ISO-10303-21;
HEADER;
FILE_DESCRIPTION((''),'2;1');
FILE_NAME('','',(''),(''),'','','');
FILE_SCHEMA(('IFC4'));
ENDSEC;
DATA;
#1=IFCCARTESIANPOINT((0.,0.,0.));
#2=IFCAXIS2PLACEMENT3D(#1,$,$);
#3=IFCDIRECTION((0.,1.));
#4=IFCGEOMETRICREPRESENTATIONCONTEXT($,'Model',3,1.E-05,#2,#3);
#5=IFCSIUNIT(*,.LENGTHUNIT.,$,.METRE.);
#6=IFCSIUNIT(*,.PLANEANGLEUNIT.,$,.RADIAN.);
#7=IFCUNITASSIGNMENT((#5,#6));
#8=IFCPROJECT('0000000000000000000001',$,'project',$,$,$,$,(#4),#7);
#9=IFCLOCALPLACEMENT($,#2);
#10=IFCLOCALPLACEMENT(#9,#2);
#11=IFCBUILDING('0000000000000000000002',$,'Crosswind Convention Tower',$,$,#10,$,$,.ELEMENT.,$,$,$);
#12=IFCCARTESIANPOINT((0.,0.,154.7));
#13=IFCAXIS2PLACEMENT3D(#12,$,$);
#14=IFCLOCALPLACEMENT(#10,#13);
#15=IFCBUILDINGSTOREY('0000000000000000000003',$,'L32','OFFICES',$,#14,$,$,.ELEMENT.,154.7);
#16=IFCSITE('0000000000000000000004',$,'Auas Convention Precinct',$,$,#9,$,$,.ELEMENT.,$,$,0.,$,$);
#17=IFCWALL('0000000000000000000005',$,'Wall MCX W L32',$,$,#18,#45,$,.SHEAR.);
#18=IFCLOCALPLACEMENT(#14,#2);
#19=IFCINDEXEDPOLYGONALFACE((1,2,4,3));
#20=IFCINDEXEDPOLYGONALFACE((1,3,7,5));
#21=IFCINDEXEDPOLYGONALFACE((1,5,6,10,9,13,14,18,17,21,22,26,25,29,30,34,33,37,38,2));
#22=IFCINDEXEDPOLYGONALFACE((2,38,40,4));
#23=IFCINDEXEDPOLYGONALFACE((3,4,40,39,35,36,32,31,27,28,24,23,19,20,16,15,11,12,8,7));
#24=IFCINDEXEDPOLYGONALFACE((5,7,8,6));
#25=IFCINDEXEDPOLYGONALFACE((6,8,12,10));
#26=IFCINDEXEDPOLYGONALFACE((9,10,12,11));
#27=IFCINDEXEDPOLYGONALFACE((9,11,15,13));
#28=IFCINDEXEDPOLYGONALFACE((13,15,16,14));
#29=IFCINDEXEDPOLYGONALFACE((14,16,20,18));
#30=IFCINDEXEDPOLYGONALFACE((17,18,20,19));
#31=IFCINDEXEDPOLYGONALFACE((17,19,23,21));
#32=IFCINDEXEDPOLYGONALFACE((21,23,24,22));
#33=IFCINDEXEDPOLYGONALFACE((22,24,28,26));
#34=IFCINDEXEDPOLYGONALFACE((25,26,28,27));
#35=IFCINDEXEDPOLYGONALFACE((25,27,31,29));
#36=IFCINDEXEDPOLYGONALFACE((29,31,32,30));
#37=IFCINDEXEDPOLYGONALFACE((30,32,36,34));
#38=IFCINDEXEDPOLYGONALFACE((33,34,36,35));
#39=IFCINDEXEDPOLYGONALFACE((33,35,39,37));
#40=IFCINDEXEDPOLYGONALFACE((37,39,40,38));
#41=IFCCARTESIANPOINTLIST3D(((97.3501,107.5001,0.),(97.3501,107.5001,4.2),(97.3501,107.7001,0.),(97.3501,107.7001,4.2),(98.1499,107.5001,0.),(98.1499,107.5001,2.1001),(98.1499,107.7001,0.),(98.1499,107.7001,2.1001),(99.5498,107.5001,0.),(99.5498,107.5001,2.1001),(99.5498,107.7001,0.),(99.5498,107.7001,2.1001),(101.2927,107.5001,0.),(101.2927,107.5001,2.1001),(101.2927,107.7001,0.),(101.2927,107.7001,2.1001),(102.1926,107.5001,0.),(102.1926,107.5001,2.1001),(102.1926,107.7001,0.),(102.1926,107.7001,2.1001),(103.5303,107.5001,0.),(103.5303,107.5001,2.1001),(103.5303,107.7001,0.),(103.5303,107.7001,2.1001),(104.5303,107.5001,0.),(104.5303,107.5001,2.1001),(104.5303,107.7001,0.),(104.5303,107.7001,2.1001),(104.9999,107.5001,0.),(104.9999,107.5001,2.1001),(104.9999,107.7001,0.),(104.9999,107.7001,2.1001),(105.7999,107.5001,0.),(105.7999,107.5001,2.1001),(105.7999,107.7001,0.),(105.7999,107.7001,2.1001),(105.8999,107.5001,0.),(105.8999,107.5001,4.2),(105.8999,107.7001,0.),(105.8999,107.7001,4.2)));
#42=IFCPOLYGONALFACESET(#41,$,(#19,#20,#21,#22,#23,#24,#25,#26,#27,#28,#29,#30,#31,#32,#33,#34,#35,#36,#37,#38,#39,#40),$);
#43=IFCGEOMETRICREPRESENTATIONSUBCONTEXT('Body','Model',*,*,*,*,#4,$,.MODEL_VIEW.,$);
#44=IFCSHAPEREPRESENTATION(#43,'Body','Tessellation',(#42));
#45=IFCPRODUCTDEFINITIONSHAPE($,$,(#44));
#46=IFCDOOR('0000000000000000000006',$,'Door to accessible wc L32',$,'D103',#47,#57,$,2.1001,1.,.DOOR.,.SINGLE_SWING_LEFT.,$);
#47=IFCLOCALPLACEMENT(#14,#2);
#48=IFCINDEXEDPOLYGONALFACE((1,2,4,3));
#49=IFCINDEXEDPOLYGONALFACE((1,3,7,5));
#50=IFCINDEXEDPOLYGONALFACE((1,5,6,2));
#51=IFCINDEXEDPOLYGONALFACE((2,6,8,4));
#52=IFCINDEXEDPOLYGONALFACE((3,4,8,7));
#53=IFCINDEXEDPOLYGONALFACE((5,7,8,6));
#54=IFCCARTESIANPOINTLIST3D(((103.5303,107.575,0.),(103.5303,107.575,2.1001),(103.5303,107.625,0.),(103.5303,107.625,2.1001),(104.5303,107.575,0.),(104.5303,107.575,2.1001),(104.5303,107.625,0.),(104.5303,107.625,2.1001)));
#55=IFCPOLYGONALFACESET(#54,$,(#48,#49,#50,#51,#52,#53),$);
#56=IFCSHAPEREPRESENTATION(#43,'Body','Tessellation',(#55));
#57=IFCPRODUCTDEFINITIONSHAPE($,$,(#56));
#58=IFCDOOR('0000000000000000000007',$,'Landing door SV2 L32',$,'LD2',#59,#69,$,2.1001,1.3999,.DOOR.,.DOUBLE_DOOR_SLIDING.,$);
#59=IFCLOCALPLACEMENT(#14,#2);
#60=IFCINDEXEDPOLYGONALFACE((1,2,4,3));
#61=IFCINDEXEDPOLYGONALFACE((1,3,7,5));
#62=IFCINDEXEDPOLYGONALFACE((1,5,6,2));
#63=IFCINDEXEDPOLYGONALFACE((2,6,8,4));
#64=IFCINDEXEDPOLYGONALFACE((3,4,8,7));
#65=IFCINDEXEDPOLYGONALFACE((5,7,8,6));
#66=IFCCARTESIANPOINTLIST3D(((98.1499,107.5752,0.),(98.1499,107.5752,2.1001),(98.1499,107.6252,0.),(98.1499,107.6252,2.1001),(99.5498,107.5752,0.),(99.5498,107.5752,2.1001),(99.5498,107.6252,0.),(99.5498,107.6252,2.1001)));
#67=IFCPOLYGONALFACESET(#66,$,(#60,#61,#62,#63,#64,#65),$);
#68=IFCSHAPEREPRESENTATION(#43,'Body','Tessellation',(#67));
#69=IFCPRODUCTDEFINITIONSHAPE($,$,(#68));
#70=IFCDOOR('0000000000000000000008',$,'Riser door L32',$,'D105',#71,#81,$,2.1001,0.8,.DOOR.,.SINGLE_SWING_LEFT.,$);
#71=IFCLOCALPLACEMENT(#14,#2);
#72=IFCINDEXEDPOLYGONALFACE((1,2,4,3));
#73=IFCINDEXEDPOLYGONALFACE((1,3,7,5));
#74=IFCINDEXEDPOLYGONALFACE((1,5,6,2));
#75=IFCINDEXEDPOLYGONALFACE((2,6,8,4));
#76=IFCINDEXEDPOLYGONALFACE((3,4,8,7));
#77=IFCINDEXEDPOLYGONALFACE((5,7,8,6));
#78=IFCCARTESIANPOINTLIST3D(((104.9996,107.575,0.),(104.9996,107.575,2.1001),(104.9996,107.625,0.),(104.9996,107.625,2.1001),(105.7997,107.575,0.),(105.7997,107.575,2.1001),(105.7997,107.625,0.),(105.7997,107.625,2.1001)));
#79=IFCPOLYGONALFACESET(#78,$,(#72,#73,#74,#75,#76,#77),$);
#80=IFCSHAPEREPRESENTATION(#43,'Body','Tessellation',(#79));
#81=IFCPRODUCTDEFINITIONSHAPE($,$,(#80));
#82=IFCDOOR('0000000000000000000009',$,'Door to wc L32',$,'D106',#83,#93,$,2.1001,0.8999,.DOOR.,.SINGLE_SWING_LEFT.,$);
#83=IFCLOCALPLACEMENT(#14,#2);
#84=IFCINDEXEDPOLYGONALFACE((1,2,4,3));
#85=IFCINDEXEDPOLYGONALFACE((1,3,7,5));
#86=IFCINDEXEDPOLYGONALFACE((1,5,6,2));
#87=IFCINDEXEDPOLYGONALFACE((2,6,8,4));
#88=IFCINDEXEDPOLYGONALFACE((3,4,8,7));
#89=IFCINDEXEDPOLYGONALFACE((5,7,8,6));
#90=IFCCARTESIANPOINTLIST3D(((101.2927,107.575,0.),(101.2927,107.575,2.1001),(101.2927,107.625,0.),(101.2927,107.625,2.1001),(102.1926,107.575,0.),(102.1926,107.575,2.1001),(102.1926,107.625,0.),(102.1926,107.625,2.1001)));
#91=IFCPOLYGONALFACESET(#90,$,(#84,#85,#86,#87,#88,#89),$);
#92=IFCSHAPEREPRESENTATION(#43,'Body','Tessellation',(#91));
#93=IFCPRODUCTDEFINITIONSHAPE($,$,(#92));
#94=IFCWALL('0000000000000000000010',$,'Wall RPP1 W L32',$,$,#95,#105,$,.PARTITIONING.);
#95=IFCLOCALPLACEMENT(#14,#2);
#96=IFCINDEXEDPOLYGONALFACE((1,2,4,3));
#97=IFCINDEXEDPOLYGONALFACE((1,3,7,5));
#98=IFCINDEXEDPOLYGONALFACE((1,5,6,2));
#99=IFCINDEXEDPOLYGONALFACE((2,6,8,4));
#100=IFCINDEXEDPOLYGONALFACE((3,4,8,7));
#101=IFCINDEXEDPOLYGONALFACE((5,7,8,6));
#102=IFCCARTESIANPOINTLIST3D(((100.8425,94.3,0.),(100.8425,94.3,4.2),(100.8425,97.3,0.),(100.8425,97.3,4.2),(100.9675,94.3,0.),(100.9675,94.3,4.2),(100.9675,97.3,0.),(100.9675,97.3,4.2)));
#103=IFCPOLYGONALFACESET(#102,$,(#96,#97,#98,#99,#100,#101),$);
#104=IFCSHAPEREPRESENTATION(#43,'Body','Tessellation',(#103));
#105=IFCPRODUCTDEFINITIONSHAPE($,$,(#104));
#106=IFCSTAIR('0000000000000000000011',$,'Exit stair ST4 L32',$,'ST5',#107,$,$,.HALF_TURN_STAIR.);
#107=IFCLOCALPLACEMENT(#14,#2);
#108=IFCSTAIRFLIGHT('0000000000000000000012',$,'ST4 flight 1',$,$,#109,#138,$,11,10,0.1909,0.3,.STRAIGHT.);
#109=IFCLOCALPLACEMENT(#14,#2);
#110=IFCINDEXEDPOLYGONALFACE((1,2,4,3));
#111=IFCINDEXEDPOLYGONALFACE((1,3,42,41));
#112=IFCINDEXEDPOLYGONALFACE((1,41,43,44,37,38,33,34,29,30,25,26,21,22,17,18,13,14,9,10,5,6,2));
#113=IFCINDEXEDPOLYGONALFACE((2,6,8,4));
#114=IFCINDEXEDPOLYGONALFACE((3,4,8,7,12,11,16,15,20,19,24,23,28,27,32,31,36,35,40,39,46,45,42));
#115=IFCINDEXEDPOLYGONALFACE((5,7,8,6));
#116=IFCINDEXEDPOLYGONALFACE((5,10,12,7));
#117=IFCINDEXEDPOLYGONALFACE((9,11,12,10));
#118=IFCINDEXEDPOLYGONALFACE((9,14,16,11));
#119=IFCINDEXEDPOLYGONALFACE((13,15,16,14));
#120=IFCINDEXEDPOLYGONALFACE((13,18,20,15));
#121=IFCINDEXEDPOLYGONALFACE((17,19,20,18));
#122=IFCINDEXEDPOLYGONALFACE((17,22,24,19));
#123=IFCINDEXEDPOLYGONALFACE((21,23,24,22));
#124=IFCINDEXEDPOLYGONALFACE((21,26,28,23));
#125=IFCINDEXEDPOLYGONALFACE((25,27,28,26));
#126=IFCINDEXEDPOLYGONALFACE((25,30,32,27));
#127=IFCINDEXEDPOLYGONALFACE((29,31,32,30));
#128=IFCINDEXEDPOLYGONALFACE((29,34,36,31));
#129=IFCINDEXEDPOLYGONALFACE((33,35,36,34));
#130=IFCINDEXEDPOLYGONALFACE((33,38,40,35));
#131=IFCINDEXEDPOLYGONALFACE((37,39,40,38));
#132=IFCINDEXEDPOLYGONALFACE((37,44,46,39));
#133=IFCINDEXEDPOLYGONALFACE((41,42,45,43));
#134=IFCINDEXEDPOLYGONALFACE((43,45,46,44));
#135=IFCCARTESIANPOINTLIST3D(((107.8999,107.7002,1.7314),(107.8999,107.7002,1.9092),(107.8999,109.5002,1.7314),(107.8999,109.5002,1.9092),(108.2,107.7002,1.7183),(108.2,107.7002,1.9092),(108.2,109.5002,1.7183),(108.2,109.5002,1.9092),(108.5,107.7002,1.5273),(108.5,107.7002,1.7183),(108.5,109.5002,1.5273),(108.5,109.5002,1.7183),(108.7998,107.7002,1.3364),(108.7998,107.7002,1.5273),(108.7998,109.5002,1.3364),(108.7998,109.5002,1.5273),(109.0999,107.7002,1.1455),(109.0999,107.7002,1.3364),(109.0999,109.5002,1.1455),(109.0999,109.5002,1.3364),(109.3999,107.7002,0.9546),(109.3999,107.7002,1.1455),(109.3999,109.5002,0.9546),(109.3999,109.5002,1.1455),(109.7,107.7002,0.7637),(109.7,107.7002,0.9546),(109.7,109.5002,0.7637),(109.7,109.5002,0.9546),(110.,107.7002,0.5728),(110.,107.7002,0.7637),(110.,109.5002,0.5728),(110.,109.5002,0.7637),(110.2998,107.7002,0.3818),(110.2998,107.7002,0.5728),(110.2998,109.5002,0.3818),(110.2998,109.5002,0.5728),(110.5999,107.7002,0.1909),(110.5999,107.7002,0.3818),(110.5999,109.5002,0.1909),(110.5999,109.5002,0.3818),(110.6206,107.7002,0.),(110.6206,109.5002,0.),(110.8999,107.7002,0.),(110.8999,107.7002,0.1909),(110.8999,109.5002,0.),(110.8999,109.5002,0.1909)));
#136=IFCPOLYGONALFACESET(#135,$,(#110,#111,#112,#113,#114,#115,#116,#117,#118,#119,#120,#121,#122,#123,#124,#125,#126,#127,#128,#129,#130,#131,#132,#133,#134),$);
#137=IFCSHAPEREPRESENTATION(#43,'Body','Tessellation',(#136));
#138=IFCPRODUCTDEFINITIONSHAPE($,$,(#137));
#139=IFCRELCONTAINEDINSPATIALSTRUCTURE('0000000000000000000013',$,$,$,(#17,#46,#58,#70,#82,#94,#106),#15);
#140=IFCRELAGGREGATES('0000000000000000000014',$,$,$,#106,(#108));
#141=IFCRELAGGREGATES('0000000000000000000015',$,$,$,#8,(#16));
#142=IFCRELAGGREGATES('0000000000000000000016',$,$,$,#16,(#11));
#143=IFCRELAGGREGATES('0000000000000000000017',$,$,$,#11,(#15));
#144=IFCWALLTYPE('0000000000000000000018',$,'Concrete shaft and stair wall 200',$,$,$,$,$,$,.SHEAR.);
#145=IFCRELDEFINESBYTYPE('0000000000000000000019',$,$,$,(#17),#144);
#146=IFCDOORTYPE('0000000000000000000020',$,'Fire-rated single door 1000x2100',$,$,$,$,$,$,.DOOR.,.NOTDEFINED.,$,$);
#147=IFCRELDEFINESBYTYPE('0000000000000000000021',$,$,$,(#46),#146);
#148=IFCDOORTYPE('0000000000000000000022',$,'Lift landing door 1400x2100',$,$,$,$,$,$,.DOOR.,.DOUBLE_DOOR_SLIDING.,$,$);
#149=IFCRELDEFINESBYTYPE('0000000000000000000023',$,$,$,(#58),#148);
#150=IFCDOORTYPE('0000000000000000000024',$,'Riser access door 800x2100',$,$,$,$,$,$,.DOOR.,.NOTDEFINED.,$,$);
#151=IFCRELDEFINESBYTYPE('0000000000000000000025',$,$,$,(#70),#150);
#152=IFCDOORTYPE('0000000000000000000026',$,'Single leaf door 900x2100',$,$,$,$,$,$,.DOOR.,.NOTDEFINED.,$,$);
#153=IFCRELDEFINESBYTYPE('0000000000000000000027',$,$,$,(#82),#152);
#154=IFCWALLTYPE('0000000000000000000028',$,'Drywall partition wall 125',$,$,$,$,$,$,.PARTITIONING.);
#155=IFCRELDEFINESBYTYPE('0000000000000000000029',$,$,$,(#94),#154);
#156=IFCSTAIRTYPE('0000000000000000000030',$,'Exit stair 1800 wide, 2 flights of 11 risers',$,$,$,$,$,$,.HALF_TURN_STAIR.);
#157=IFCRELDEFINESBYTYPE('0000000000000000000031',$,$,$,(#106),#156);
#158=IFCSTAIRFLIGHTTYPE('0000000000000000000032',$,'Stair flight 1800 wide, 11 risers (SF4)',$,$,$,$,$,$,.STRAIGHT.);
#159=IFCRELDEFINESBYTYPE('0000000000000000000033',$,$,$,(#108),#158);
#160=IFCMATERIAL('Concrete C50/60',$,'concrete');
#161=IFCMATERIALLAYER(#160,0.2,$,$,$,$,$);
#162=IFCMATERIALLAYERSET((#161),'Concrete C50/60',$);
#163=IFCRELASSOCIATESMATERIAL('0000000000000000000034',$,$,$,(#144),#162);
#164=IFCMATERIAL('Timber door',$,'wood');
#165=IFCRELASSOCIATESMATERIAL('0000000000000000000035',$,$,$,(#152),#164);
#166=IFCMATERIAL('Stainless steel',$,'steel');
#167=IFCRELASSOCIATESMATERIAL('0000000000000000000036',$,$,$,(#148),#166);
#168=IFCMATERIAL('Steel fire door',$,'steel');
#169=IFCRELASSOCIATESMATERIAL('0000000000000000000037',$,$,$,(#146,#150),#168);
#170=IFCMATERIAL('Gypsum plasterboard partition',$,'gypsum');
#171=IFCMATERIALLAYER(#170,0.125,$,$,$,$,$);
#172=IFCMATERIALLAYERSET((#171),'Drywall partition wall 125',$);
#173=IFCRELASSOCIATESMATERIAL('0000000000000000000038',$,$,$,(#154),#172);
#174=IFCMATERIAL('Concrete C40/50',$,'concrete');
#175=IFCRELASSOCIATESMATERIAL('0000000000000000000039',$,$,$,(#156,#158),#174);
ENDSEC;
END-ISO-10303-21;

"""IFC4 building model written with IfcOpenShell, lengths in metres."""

from ifc_helpers import new_model, si_unit, direction, frame, frame_2d, origin, place, context, subcontext, project, spatial, polyline, rectangle, outline, extrude, material, layer, layer_set, type_object, element, fill, aggregate, save


model = new_model("IFC4")

# Units and contexts
model_context = context("Model", 3, precision=1e-05, world=origin(), true_north=direction((0.0, 1.0)))
body_context = subcontext(model_context, "Body", "Model", "MODEL_VIEW")
ifc_project = project(units=[si_unit("LENGTHUNIT", "METRE"), si_unit("PLANEANGLEUNIT", "RADIAN")], contexts=[model_context])

# Site, building, storey
site_placement = place(None, origin())
site = spatial("IfcSite", under=ifc_project, at=site_placement, Name="Auas Convention Precinct", CompositionType="ELEMENT", RefElevation=0.0)
building_placement = place(site_placement, origin())
building = spatial("IfcBuilding", under=site, at=building_placement, Name="Crosswind Convention Tower", CompositionType="ELEMENT")
storey_placement = place(building_placement, frame((0.0, 0.0, 154.7)))
storey = spatial("IfcBuildingStorey", under=building, at=storey_placement, Name="L32", Description="OFFICES", CompositionType="ELEMENT", Elevation=154.7)

# Shared definitions
ifc_material_1 = material(Name="Concrete C50/60", Category="concrete")
ifc_layer_1 = layer(ifc_material_1, 0.2)
ifc_layer_set_1 = layer_set([ifc_layer_1], Name="Concrete C50/60")
wall_type_1 = type_object("IfcWallType", Name="Concrete shaft and stair wall 200", PredefinedType="SHEAR", material=ifc_layer_set_1)

# Shared definitions
ifc_material_2 = material(Name="Timber door", Category="wood")
door_type_1 = type_object("IfcDoorType", Name="Single leaf door 900x2100", OperationType="NOTDEFINED", PredefinedType="DOOR", material=ifc_material_2)

# Wall, openings, doors
ifc_material_3 = material(Name="Stainless steel", Category="steel")
door_type_2 = type_object("IfcDoorType", Name="Lift landing door 1400x2100", OperationType="DOUBLE_DOOR_SLIDING", PredefinedType="DOOR", material=ifc_material_3)
wall_1_placement = place(storey_placement, frame((105.8999, 107.6001, 0.0), z_axis=(0.0, 0.0, 1.0), x_axis=(-1.0, 0.0, 0.0)))
wall_1 = element("IfcWall", 1, at=wall_1_placement, inside=storey, type_object=wall_type_1, Name="Wall MCX W L32", PredefinedType="SHEAR", context=body_context, shape_type="SweptSolid", body=[
    extrude(rectangle(XDim=8.5498, YDim=0.2, at=frame_2d((4.2749, 0.0))), origin(), (0.0, 0.0, 1.0), 4.2),
])
opening_1_placement = place(wall_1_placement, frame((0.1001, 0.0, 0.0)))
opening_1 = element("IfcOpeningElement", 2, at=opening_1_placement, cuts=wall_1, PredefinedType="OPENING", context=body_context, shape_type="SweptSolid", body=[
    extrude(rectangle(XDim=0.8, YDim=2.1001, at=frame_2d((0.3999, 1.05))), frame((0.0, 0.1099, 0.0), z_axis=(0.0, -1.0, 0.0), x_axis=(1.0, 0.0, 0.0)), (0.0, 0.0, 1.0), 0.22),
])
opening_2_placement = place(wall_1_placement, frame((1.3696, 0.0, 0.0)))
opening_2 = element("IfcOpeningElement", 3, at=opening_2_placement, cuts=wall_1, PredefinedType="OPENING", context=body_context, shape_type="SweptSolid", body=[
    extrude(rectangle(XDim=1.0, YDim=2.1001, at=frame_2d((0.5, 1.05))), frame((0.0, 0.1099, 0.0), z_axis=(0.0, -1.0, 0.0), x_axis=(1.0, 0.0, 0.0)), (0.0, 0.0, 1.0), 0.22),
])
opening_3_placement = place(wall_1_placement, frame((3.7073, 0.0, 0.0)))
opening_3 = element("IfcOpeningElement", 4, at=opening_3_placement, cuts=wall_1, PredefinedType="OPENING", context=body_context, shape_type="SweptSolid", body=[
    extrude(rectangle(XDim=0.8999, YDim=2.1001, at=frame_2d((0.45, 1.05))), frame((0.0, 0.1099, 0.0), z_axis=(0.0, -1.0, 0.0), x_axis=(1.0, 0.0, 0.0)), (0.0, 0.0, 1.0), 0.22),
])
opening_4_placement = place(wall_1_placement, frame((6.3501, 0.0, 0.0)))
opening_4 = element("IfcOpeningElement", 5, at=opening_4_placement, cuts=wall_1, PredefinedType="OPENING", context=body_context, shape_type="SweptSolid", body=[
    extrude(rectangle(XDim=1.3999, YDim=2.1001, at=frame_2d((0.7, 1.05))), frame((0.0, 0.1099, 0.0), z_axis=(0.0, -1.0, 0.0), x_axis=(1.0, 0.0, 0.0)), (0.0, 0.0, 1.0), 0.22),
])
ifc_material_4 = material(Name="Steel fire door", Category="steel")
door_type_3 = type_object("IfcDoorType", Name="Fire-rated single door 1000x2100", OperationType="NOTDEFINED", PredefinedType="DOOR", material=ifc_material_4)
door_1_placement = place(opening_2_placement, frame((1.0, 0.0, 0.0), z_axis=(0.0, 0.0, 1.0), x_axis=(-1.0, 0.0, 0.0)))
door_1 = element("IfcDoor", 6, at=door_1_placement, inside=storey, type_object=door_type_3, Name="Door to accessible wc L32", ObjectType="D103", OperationType="SINGLE_SWING_LEFT", OverallHeight=2.1001, OverallWidth=1.0, PredefinedType="DOOR", context=body_context, shape_type="SweptSolid", body=[
    extrude(rectangle(XDim=1.0, YDim=2.1001, at=frame_2d((0.5, 1.05))), frame((0.0, 0.0249, 0.0), z_axis=(0.0, -1.0, 0.0), x_axis=(1.0, 0.0, 0.0)), (0.0, 0.0, 1.0), 0.05),
])
fill(opening_2, door_1)
door_2_placement = place(opening_4_placement, origin())
door_2 = element("IfcDoor", 7, at=door_2_placement, inside=storey, type_object=door_type_2, Name="Landing door SV2 L32", ObjectType="LD2", OperationType="DOUBLE_DOOR_SLIDING", OverallHeight=2.1001, OverallWidth=1.3999, PredefinedType="DOOR", context=body_context, shape_type="SweptSolid", body=[
    extrude(rectangle(XDim=1.3999, YDim=2.1001, at=frame_2d((0.7, 1.05))), frame((0.0, 0.0249, 0.0), z_axis=(0.0, -1.0, 0.0), x_axis=(1.0, 0.0, 0.0)), (0.0, 0.0, 1.0), 0.05),
])
fill(opening_4, door_2)
door_type_4 = type_object("IfcDoorType", Name="Riser access door 800x2100", OperationType="NOTDEFINED", PredefinedType="DOOR", material=ifc_material_4)
door_3_placement = place(opening_1_placement, frame((0.8, 0.0, 0.0), z_axis=(0.0, 0.0, 1.0), x_axis=(-1.0, 0.0, 0.0)))
door_3 = element("IfcDoor", 8, at=door_3_placement, inside=storey, type_object=door_type_4, Name="Riser door L32", ObjectType="D105", OperationType="SINGLE_SWING_LEFT", OverallHeight=2.1001, OverallWidth=0.8, PredefinedType="DOOR", context=body_context, shape_type="SweptSolid", body=[
    extrude(rectangle(XDim=0.8, YDim=2.1001, at=frame_2d((0.3999, 1.05))), frame((0.0, 0.0249, 0.0), z_axis=(0.0, -1.0, 0.0), x_axis=(1.0, 0.0, 0.0)), (0.0, 0.0, 1.0), 0.05),
])
fill(opening_1, door_3)
door_4_placement = place(opening_3_placement, frame((0.8999, 0.0, 0.0), z_axis=(0.0, 0.0, 1.0), x_axis=(-1.0, 0.0, 0.0)))
door_4 = element("IfcDoor", 9, at=door_4_placement, inside=storey, type_object=door_type_1, Name="Door to wc L32", ObjectType="D106", OperationType="SINGLE_SWING_LEFT", OverallHeight=2.1001, OverallWidth=0.8999, PredefinedType="DOOR", context=body_context, shape_type="SweptSolid", body=[
    extrude(rectangle(XDim=0.8999, YDim=2.1001, at=frame_2d((0.45, 1.05))), frame((0.0, 0.0249, 0.0), z_axis=(0.0, -1.0, 0.0), x_axis=(1.0, 0.0, 0.0)), (0.0, 0.0, 1.0), 0.05),
])
fill(opening_3, door_4)

# Wall
ifc_material_5 = material(Name="Gypsum plasterboard partition", Category="gypsum")
ifc_layer_2 = layer(ifc_material_5, 0.125)
ifc_layer_set_2 = layer_set([ifc_layer_2], Name="Drywall partition wall 125")
wall_type_2 = type_object("IfcWallType", Name="Drywall partition wall 125", PredefinedType="PARTITIONING", material=ifc_layer_set_2)
wall_2_placement = place(storey_placement, frame((100.905, 97.3, 0.0), z_axis=(0.0, 0.0, 1.0), x_axis=(0.0, -1.0, 0.0)))
element("IfcWall", 10, at=wall_2_placement, inside=storey, type_object=wall_type_2, Name="Wall RPP1 W L32", PredefinedType="PARTITIONING", context=body_context, shape_type="SweptSolid", body=[
    extrude(rectangle(XDim=3.0, YDim=0.125, at=frame_2d((1.5, 0.0))), origin(), (0.0, 0.0, 1.0), 4.2),
])

# Stair, stair flight
ifc_material_6 = material(Name="Concrete C40/50", Category="concrete")
stair_type = type_object("IfcStairType", Name="Exit stair 1800 wide, 2 flights of 11 risers", PredefinedType="HALF_TURN_STAIR", material=ifc_material_6)
stair_placement = place(storey_placement, origin())
stair = element("IfcStair", 11, at=stair_placement, inside=storey, type_object=stair_type, Name="Exit stair ST4 L32", ObjectType="ST5", PredefinedType="HALF_TURN_STAIR")
stair_flight_type = type_object("IfcStairFlightType", Name="Stair flight 1800 wide, 11 risers (SF4)", PredefinedType="STRAIGHT", material=ifc_material_6)
stair_flight_1_placement = place(storey_placement, frame((110.8999, 108.6001, 0.0), z_axis=(0.0, 0.0, 1.0), x_axis=(-1.0, 0.0, 0.0)))
stair_flight_1 = element("IfcStairFlight", 12, at=stair_flight_1_placement, type_object=stair_flight_type, Name="ST4 flight 1", NumberOfRisers=11, NumberOfTreads=10, PredefinedType="STRAIGHT", RiserHeight=0.1909, TreadLength=0.3, context=body_context, shape_type="SweptSolid", body=[
    extrude(outline(polyline([(0.0, 0.0), (0.0, 0.1909), (0.3, 0.1909), (0.3, 0.3818), (0.6001, 0.3818), (0.6001, 0.5728), (0.8999, 0.5728), (0.8999, 0.7637), (1.2, 0.7637), (1.2, 0.9546), (1.5, 0.9546), (1.5, 1.1455), (1.8, 1.1455), (1.8, 1.3364), (2.1001, 1.3364), (2.1001, 1.5273), (2.3999, 1.5273), (2.3999, 1.7183), (2.7, 1.7183), (2.7, 1.9092), (3.0, 1.9092), (3.0, 2.1001), (3.0, 1.7314), (0.2793, 0.0), (0.0, 0.0)])), frame((0.0, 0.8999, 0.0), z_axis=(0.0, -1.0, 0.0), x_axis=(1.0, 0.0, 0.0)), (0.0, 0.0, 1.0), 1.8),
])
aggregate(stair, [stair_flight_1])

save(model, "model.ifc")
